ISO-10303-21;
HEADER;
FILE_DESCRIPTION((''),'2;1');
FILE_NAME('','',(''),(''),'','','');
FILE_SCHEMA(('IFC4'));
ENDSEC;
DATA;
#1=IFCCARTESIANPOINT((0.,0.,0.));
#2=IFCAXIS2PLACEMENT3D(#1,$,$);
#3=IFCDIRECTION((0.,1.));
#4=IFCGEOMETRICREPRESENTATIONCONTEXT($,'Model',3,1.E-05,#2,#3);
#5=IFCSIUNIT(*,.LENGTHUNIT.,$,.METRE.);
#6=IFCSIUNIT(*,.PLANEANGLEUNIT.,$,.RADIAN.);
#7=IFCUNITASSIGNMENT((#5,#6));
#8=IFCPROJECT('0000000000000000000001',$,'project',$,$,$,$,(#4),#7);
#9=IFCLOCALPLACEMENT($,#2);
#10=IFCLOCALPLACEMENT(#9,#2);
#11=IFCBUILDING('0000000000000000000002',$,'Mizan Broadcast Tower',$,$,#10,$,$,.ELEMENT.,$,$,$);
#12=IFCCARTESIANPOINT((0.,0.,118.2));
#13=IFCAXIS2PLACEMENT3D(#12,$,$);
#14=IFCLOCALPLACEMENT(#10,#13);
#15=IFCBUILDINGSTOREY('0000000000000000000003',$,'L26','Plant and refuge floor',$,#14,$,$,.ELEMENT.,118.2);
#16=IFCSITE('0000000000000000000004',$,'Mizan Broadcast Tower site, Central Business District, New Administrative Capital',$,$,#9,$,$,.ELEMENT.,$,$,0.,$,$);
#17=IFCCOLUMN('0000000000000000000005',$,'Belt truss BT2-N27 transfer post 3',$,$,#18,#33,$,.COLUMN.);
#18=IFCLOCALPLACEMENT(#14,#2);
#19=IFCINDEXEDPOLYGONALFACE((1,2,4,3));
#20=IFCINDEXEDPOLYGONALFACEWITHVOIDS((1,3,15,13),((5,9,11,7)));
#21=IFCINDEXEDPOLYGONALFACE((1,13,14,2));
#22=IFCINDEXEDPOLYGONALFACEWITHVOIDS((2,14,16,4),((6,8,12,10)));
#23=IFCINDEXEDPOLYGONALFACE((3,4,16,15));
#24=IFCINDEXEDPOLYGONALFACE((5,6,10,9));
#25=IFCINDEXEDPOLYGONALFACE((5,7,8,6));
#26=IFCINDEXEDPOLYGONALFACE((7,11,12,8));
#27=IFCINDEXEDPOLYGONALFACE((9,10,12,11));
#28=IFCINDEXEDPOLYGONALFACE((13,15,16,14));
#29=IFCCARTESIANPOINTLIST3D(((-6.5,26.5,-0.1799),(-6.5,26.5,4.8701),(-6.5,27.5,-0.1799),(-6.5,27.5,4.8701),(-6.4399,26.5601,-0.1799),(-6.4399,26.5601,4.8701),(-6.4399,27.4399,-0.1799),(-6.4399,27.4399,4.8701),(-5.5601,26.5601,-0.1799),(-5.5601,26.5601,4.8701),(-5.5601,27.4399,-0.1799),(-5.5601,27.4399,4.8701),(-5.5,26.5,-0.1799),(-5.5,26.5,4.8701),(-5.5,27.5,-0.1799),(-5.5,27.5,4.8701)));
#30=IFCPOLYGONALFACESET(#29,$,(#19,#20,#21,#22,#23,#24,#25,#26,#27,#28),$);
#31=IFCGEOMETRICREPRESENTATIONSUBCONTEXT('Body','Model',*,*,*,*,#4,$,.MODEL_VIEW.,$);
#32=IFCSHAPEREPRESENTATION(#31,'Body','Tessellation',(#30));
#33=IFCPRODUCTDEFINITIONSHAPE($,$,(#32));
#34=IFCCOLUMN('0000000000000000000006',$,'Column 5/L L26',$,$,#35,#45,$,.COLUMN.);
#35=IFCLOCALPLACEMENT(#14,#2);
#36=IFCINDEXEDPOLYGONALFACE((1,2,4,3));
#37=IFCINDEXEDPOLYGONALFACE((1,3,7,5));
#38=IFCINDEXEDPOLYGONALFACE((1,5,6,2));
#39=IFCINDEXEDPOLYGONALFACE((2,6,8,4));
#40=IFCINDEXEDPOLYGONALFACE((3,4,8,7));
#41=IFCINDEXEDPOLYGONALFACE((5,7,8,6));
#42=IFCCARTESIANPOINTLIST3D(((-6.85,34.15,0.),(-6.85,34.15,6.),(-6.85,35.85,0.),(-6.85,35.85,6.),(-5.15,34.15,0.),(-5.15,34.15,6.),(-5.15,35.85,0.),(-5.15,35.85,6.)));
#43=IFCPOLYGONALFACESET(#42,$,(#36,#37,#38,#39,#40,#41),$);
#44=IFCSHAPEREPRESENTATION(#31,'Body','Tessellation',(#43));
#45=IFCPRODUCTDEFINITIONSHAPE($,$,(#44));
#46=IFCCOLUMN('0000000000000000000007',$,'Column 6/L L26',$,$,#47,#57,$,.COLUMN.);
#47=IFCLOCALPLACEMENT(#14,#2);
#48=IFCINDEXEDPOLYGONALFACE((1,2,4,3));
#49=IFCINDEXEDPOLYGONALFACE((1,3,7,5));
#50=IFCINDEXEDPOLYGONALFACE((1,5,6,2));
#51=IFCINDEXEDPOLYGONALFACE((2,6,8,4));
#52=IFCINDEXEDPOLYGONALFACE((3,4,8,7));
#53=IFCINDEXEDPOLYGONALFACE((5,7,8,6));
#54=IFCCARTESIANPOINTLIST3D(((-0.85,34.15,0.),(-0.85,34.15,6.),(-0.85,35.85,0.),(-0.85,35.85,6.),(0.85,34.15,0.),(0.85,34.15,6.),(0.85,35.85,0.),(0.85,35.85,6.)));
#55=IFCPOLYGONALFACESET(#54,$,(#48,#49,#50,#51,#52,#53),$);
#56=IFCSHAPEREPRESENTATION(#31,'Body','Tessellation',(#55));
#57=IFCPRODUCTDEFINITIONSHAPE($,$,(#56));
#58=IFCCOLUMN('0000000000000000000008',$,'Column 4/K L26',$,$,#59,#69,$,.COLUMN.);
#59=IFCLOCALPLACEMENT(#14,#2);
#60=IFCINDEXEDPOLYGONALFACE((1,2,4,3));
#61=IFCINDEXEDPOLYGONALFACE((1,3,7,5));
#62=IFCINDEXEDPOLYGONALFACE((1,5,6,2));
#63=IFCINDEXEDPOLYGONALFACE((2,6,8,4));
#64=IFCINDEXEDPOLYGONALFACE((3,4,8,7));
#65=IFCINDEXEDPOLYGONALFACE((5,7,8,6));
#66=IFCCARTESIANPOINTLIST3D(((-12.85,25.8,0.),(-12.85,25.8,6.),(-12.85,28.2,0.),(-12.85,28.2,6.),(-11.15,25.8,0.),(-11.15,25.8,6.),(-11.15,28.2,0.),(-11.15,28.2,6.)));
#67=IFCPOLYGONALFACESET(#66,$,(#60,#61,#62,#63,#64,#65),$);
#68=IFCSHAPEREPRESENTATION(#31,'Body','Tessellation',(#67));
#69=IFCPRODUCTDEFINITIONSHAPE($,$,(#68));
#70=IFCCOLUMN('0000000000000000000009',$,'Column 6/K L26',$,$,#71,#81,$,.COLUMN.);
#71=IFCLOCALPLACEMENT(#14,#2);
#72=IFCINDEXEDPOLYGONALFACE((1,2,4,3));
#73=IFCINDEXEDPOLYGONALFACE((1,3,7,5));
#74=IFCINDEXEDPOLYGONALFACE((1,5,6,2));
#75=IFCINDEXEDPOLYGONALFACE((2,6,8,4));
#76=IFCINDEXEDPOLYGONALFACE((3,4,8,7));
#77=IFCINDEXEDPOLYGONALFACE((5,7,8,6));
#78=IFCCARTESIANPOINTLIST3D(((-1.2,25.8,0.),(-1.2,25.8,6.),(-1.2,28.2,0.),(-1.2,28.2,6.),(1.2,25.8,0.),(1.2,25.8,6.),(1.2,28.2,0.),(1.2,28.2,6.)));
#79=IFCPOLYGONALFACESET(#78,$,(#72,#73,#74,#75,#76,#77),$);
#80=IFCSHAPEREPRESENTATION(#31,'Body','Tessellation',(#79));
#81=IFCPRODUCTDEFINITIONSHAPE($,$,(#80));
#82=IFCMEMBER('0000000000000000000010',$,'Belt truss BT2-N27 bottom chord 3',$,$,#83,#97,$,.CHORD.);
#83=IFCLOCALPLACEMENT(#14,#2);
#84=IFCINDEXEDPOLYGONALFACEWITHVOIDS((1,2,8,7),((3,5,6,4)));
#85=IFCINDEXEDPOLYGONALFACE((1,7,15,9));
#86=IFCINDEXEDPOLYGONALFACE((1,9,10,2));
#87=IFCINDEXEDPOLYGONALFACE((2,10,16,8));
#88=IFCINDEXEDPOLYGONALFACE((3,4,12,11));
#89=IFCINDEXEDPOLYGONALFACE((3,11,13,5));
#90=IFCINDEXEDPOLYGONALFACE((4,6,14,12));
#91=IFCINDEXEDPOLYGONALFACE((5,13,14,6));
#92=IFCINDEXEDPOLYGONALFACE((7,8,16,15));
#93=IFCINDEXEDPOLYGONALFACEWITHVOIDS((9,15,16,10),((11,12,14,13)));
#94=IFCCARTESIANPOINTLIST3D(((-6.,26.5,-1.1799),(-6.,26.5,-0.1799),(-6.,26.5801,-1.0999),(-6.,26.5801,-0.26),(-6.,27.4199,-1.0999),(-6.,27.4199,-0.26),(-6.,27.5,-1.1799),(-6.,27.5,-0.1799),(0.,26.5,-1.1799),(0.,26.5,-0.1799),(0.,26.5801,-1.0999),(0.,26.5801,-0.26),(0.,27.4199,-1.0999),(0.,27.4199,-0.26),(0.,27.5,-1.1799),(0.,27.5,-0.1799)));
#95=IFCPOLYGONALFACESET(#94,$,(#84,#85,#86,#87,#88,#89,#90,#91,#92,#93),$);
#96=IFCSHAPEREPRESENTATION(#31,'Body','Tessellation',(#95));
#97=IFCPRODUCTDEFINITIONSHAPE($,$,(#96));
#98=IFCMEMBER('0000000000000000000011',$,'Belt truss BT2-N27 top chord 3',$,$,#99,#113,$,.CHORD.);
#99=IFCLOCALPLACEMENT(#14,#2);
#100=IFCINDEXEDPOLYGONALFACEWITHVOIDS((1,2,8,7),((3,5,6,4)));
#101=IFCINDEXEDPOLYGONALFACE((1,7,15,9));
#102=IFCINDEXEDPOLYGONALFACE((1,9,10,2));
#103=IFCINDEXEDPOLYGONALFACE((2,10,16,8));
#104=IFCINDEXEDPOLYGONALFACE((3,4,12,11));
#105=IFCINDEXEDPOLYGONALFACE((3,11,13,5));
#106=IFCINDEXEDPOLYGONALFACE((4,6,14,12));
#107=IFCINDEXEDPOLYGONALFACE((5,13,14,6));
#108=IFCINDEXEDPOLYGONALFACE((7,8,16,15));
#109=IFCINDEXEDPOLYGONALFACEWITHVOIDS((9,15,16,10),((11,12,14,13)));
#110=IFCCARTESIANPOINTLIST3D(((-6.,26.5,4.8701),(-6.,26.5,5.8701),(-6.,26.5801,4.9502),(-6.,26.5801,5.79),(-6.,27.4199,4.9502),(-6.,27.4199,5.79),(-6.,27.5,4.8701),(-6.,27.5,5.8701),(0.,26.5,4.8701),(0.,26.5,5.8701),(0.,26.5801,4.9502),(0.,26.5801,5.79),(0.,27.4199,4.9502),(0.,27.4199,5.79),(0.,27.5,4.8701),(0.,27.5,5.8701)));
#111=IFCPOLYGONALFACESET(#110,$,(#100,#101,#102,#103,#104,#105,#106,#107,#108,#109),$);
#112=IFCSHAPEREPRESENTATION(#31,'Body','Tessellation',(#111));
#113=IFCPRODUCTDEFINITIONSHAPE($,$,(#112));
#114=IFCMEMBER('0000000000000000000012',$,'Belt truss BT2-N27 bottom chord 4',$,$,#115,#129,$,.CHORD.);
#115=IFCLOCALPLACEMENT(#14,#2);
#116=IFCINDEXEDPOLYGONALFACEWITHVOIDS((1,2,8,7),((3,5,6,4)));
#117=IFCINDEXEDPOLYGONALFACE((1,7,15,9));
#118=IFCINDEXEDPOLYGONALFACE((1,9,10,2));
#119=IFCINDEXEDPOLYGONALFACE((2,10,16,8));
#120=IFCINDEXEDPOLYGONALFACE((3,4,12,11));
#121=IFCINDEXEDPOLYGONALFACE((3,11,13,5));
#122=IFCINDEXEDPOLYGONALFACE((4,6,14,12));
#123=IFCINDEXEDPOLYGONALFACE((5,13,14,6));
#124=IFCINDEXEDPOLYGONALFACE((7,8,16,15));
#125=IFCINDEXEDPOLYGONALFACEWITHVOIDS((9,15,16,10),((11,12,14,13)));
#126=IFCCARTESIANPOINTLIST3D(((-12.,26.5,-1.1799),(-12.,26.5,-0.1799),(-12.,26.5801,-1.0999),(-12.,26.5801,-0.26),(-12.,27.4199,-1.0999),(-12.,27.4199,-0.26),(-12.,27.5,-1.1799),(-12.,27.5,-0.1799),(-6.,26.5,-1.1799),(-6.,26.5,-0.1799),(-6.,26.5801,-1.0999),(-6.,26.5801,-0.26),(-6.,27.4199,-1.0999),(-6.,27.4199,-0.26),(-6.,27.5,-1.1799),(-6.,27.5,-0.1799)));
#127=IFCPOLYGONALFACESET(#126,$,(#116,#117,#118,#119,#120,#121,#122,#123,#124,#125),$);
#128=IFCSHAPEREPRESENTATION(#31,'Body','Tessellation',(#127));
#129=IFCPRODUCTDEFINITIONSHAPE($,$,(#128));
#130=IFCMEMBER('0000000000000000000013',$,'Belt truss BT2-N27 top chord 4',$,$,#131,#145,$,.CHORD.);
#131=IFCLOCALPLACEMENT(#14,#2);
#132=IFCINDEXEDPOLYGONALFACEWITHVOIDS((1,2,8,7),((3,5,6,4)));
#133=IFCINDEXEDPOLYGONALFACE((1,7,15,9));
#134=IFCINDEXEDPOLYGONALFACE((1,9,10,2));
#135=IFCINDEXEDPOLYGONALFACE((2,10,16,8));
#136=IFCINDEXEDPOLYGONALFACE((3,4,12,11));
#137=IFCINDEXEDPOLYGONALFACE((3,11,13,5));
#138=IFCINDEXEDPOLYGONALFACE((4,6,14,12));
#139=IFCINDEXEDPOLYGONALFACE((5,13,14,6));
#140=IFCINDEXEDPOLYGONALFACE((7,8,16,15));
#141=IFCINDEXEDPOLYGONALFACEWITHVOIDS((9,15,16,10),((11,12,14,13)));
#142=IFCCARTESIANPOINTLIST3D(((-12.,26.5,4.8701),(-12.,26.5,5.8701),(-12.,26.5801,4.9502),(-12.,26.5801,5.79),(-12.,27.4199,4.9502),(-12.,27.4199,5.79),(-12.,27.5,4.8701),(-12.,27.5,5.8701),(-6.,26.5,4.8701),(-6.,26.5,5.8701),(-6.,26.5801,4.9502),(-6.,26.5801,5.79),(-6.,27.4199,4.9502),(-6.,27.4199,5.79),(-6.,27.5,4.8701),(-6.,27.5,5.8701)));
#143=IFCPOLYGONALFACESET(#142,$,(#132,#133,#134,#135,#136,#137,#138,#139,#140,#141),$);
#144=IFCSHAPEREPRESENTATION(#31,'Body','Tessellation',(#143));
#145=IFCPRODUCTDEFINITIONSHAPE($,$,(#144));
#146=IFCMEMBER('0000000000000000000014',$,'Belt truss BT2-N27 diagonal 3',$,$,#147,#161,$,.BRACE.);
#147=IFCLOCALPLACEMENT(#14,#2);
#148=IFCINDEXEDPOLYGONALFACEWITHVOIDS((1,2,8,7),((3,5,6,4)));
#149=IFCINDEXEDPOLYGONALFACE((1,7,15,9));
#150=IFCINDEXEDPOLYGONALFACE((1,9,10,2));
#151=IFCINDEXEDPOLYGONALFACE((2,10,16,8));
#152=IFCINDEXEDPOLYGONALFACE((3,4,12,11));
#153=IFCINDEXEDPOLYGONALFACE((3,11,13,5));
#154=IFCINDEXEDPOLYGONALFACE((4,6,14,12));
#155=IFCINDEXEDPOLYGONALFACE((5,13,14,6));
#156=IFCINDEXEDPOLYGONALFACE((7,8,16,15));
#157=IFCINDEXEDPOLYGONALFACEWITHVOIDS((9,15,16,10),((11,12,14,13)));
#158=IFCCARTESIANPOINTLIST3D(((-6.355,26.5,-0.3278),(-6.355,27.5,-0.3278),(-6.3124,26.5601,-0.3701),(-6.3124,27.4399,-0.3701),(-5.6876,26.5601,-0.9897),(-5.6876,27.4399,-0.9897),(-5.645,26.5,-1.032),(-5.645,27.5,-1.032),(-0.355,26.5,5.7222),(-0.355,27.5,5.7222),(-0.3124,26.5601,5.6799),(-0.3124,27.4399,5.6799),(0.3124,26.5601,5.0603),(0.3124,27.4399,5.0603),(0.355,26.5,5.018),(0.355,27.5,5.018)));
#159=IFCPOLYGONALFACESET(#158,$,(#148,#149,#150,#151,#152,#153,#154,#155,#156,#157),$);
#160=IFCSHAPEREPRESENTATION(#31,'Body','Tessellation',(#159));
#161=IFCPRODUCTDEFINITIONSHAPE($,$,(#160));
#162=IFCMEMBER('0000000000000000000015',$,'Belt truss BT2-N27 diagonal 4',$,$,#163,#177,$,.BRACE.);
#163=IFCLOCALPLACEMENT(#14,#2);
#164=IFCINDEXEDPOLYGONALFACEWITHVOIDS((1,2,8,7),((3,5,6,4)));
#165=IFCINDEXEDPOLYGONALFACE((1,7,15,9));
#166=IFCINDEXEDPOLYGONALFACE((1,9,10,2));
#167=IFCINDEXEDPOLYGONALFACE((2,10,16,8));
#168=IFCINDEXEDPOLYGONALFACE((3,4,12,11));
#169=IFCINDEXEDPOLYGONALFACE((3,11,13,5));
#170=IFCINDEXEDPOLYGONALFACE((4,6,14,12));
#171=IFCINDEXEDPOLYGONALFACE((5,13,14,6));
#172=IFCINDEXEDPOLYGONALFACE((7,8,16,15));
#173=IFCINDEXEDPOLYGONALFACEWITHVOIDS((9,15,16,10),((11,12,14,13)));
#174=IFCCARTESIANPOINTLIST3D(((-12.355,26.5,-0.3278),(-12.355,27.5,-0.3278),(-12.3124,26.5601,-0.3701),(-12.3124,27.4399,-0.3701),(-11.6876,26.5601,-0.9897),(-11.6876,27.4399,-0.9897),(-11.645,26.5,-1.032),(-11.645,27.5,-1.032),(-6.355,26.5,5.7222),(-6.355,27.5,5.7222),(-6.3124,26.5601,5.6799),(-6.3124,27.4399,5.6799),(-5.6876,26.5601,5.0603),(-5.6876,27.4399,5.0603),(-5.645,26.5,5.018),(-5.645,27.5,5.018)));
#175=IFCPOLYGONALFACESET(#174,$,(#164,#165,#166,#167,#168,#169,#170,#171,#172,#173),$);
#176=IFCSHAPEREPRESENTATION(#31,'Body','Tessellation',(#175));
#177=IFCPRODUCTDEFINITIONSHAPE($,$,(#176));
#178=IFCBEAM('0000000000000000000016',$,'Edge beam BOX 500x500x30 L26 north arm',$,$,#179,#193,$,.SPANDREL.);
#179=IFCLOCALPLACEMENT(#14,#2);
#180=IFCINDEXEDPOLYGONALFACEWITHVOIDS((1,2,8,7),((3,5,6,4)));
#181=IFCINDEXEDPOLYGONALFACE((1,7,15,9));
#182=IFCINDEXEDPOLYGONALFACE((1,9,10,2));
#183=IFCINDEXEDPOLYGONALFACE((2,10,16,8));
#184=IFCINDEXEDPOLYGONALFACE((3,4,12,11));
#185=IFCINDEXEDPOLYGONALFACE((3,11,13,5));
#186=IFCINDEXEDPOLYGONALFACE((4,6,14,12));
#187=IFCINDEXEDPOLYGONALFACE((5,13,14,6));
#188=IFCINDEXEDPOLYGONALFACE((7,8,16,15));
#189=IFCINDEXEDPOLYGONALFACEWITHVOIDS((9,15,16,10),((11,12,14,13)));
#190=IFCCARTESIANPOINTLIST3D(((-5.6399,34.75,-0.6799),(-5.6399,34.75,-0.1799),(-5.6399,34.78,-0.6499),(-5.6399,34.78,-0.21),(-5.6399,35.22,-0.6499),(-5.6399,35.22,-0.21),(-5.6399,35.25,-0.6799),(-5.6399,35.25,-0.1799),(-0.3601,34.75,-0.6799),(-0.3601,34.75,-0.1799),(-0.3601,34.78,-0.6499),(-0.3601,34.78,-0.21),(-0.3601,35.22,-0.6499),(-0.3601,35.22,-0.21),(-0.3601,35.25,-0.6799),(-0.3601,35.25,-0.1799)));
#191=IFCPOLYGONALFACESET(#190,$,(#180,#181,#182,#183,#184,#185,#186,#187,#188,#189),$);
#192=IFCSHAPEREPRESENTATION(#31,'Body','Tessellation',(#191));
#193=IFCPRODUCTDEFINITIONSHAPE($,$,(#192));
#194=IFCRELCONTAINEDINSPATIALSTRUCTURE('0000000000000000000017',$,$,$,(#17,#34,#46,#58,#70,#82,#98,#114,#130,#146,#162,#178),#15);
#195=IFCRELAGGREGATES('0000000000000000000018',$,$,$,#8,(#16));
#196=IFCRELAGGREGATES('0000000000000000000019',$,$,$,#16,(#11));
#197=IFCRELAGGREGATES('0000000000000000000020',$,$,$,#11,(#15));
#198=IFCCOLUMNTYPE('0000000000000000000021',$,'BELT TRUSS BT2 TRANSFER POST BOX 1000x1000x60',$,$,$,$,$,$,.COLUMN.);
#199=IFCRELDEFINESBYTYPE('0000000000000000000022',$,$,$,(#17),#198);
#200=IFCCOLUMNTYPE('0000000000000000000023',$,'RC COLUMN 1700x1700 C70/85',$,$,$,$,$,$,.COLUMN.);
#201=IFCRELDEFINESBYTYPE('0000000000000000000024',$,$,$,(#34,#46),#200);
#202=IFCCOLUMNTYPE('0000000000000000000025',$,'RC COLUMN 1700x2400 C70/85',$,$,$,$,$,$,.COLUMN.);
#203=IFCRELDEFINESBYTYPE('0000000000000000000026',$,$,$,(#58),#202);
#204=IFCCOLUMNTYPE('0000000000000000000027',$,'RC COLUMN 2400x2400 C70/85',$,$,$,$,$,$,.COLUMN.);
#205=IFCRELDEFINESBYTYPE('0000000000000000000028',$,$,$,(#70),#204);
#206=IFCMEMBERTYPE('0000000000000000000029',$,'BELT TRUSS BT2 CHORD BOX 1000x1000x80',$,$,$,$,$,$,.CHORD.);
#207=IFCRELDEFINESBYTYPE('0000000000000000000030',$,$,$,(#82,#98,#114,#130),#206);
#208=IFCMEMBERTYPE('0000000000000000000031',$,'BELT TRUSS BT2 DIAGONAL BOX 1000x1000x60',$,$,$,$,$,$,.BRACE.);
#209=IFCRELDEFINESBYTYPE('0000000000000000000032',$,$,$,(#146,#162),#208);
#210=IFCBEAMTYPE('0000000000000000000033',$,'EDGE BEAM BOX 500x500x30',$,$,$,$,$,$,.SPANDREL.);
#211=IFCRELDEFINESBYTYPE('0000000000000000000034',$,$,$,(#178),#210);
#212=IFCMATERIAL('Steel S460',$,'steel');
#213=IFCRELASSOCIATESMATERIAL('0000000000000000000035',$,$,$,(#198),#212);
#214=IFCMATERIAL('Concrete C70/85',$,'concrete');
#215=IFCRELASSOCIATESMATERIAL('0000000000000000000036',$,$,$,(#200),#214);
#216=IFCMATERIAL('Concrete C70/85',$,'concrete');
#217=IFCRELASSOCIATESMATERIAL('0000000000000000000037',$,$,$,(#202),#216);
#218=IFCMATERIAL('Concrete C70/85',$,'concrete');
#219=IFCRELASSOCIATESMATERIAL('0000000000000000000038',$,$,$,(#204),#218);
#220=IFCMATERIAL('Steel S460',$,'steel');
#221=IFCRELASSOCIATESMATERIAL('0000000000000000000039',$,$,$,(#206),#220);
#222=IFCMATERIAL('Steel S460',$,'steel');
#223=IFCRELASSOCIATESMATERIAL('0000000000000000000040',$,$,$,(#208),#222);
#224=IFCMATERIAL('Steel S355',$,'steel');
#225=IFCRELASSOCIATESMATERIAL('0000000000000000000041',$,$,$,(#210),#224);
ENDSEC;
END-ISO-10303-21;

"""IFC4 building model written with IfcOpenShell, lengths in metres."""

from ifc_helpers import new_model, si_unit, direction, frame, origin, origin_2d, place, context, subcontext, project, spatial, rectangle, hollow_rectangle, extrude, material, material_profile, profile_set, type_object, element, save


model = new_model("IFC4")

# Units and contexts
model_context = context("Model", 3, precision=1e-05, world=origin(), true_north=direction((0.0, 1.0)))
body_context = subcontext(model_context, "Body", "Model", "MODEL_VIEW")
ifc_project = project(units=[si_unit("LENGTHUNIT", "METRE"), si_unit("PLANEANGLEUNIT", "RADIAN")], contexts=[model_context])

# Site, building, storey
site_placement = place(None, origin())
site = spatial("IfcSite", under=ifc_project, at=site_placement, Name="Mizan Broadcast Tower site, Central Business District, New Administrative Capital", CompositionType="ELEMENT", RefElevation=0.0)
building_placement = place(site_placement, origin())
building = spatial("IfcBuilding", under=site, at=building_placement, Name="Mizan Broadcast Tower", CompositionType="ELEMENT")
storey_placement = place(building_placement, frame((0.0, 0.0, 118.2)))
storey = spatial("IfcBuildingStorey", under=building, at=storey_placement, Name="L26", Description="Plant and refuge floor", CompositionType="ELEMENT", Elevation=118.2)

# Columns
ifc_material_1 = material(Name="Steel S460", Category="steel")
ifc_material_profile_1 = material_profile(ifc_material_1, hollow_rectangle(XDim=1.0, YDim=1.0, WallThickness=0.0601, at=origin_2d()), Name="BOX 1000x1000x60")
ifc_profile_set_1 = profile_set([ifc_material_profile_1], Name="Steel S460")
column_type_1 = type_object("IfcColumnType", Name="BELT TRUSS BT2 TRANSFER POST BOX 1000x1000x60", PredefinedType="COLUMN", material=ifc_profile_set_1)
column_1_placement = place(storey_placement, frame((-6.0, 27.0, -0.1799), z_axis=(0.0, 0.0, 1.0), x_axis=(1.0, 0.0, 0.0)))
element("IfcColumn", 1, at=column_1_placement, inside=storey, type_object=column_type_1, Name="Belt truss BT2-N27 transfer post 3", PredefinedType="COLUMN", context=body_context, shape_type="SweptSolid", body=[
    extrude(hollow_rectangle(XDim=1.0, YDim=1.0, WallThickness=0.0601, at=origin_2d()), origin(), (0.0, 0.0, 1.0), 5.05),
])
ifc_material_2 = material(Name="Concrete C70/85", Category="concrete")
ifc_material_profile_2 = material_profile(ifc_material_2, rectangle(XDim=1.7, YDim=1.7, at=origin_2d()), Name="RC 1700x1700")
ifc_profile_set_2 = profile_set([ifc_material_profile_2], Name="Concrete C70/85")
column_type_2 = type_object("IfcColumnType", Name="RC COLUMN 1700x1700 C70/85", PredefinedType="COLUMN", material=ifc_profile_set_2)
for number, where, z_axis, x_axis, name in (
    (2, (-6.0, 35.0, 0.0), (0.0, 0.0, 1.0), (1.0, 0.0, 0.0), "Column 5/L L26"),
    (3, (0.0, 35.0, 0.0), (0.0, 0.0, 1.0), (1.0, 0.0, 0.0), "Column 6/L L26"),
):
    element("IfcColumn", number, at=place(storey_placement, frame(where, z_axis=z_axis, x_axis=x_axis)), inside=storey, type_object=column_type_2, Name=name, PredefinedType="COLUMN", context=body_context, shape_type="SweptSolid", body=[
        extrude(rectangle(XDim=1.7, YDim=1.7, at=origin_2d()), origin(), (0.0, 0.0, 1.0), 6.0),
    ])
ifc_material_3 = material(Name="Concrete C70/85", Category="concrete")
ifc_material_profile_3 = material_profile(ifc_material_3, rectangle(XDim=1.7, YDim=2.3999, at=origin_2d()), Name="RC 1700x2400")
ifc_profile_set_3 = profile_set([ifc_material_profile_3], Name="Concrete C70/85")
column_type_3 = type_object("IfcColumnType", Name="RC COLUMN 1700x2400 C70/85", PredefinedType="COLUMN", material=ifc_profile_set_3)
column_2_placement = place(storey_placement, frame((-12.0, 27.0, 0.0), z_axis=(0.0, 0.0, 1.0), x_axis=(1.0, 0.0, 0.0)))
element("IfcColumn", 4, at=column_2_placement, inside=storey, type_object=column_type_3, Name="Column 4/K L26", PredefinedType="COLUMN", context=body_context, shape_type="SweptSolid", body=[
    extrude(rectangle(XDim=1.7, YDim=2.3999, at=origin_2d()), origin(), (0.0, 0.0, 1.0), 6.0),
])
ifc_material_4 = material(Name="Concrete C70/85", Category="concrete")
ifc_material_profile_4 = material_profile(ifc_material_4, rectangle(XDim=2.3999, YDim=2.3999, at=origin_2d()), Name="RC 2400x2400")
ifc_profile_set_4 = profile_set([ifc_material_profile_4], Name="Concrete C70/85")
column_type_4 = type_object("IfcColumnType", Name="RC COLUMN 2400x2400 C70/85", PredefinedType="COLUMN", material=ifc_profile_set_4)
column_3_placement = place(storey_placement, frame((0.0, 27.0, 0.0), z_axis=(0.0, 0.0, 1.0), x_axis=(1.0, 0.0, 0.0)))
element("IfcColumn", 5, at=column_3_placement, inside=storey, type_object=column_type_4, Name="Column 6/K L26", PredefinedType="COLUMN", context=body_context, shape_type="SweptSolid", body=[
    extrude(rectangle(XDim=2.3999, YDim=2.3999, at=origin_2d()), origin(), (0.0, 0.0, 1.0), 6.0),
])

# Members
ifc_material_5 = material(Name="Steel S460", Category="steel")
ifc_material_profile_5 = material_profile(ifc_material_5, hollow_rectangle(XDim=1.0, YDim=1.0, WallThickness=0.0801, at=origin_2d()), Name="BOX 1000x1000x80")
ifc_profile_set_5 = profile_set([ifc_material_profile_5], Name="Steel S460")
member_type_1 = type_object("IfcMemberType", Name="BELT TRUSS BT2 CHORD BOX 1000x1000x80", PredefinedType="CHORD", material=ifc_profile_set_5)
for number, where, z_axis, x_axis, name in (
    (6, (0.0, 27.0, -0.6799), (-1.0, 0.0, 0.0), (0.0, -1.0, 0.0), "Belt truss BT2-N27 bottom chord 3"),
    (7, (0.0, 27.0, 5.3701), (-1.0, 0.0, 0.0), (0.0, -1.0, 0.0), "Belt truss BT2-N27 top chord 3"),
    (8, (-6.0, 27.0, -0.6799), (-1.0, 0.0, 0.0), (0.0, -1.0, 0.0), "Belt truss BT2-N27 bottom chord 4"),
    (9, (-6.0, 27.0, 5.3701), (-1.0, 0.0, 0.0), (0.0, -1.0, 0.0), "Belt truss BT2-N27 top chord 4"),
):
    element("IfcMember", number, at=place(storey_placement, frame(where, z_axis=z_axis, x_axis=x_axis)), inside=storey, type_object=member_type_1, Name=name, PredefinedType="CHORD", context=body_context, shape_type="SweptSolid", body=[
        extrude(hollow_rectangle(XDim=1.0, YDim=1.0, WallThickness=0.0801, at=origin_2d()), origin(), (0.0, 0.0, 1.0), 6.0),
    ])
ifc_material_6 = material(Name="Steel S460", Category="steel")
ifc_material_profile_6 = material_profile(ifc_material_6, hollow_rectangle(XDim=1.0, YDim=1.0, WallThickness=0.0601, at=origin_2d()), Name="BOX 1000x1000x60")
ifc_profile_set_6 = profile_set([ifc_material_profile_6], Name="Steel S460")
member_type_2 = type_object("IfcMemberType", Name="BELT TRUSS BT2 DIAGONAL BOX 1000x1000x60", PredefinedType="BRACE", material=ifc_profile_set_6)
for number, where, z_axis, x_axis, name in (
    (10, (-6.0, 27.0, -0.6799), (0.704164, 0.0, 0.710038), (0.0, 1.0, 0.0), "Belt truss BT2-N27 diagonal 3"),
    (11, (-12.0, 27.0, -0.6799), (0.704164, 0.0, 0.710038), (0.0, 1.0, 0.0), "Belt truss BT2-N27 diagonal 4"),
):
    element("IfcMember", number, at=place(storey_placement, frame(where, z_axis=z_axis, x_axis=x_axis)), inside=storey, type_object=member_type_2, Name=name, PredefinedType="BRACE", context=body_context, shape_type="SweptSolid", body=[
        extrude(hollow_rectangle(XDim=1.0, YDim=1.0, WallThickness=0.0601, at=origin_2d()), origin(), (0.0, 0.0, 1.0), 8.5208),
    ])

# Beam
ifc_material_7 = material(Name="Steel S355", Category="steel")
ifc_material_profile_7 = material_profile(ifc_material_7, hollow_rectangle(XDim=0.5, YDim=0.5, WallThickness=0.03, at=origin_2d()), Name="BOX 500x500x30")
ifc_profile_set_7 = profile_set([ifc_material_profile_7], Name="Steel S355")
beam_type_1 = type_object("IfcBeamType", Name="EDGE BEAM BOX 500x500x30", PredefinedType="SPANDREL", material=ifc_profile_set_7)
beam_1_placement = place(storey_placement, frame((-5.6399, 35.0, -0.4299), z_axis=(1.0, 0.0, 0.0), x_axis=(0.0, 1.0, 0.0)))
element("IfcBeam", 12, at=beam_1_placement, inside=storey, type_object=beam_type_1, Name="Edge beam BOX 500x500x30 L26 north arm", PredefinedType="SPANDREL", context=body_context, shape_type="SweptSolid", body=[
    extrude(hollow_rectangle(XDim=0.5, YDim=0.5, WallThickness=0.03, at=origin_2d()), origin(), (0.0, 0.0, 1.0), 5.2798),
])

save(model, "model.ifc")
